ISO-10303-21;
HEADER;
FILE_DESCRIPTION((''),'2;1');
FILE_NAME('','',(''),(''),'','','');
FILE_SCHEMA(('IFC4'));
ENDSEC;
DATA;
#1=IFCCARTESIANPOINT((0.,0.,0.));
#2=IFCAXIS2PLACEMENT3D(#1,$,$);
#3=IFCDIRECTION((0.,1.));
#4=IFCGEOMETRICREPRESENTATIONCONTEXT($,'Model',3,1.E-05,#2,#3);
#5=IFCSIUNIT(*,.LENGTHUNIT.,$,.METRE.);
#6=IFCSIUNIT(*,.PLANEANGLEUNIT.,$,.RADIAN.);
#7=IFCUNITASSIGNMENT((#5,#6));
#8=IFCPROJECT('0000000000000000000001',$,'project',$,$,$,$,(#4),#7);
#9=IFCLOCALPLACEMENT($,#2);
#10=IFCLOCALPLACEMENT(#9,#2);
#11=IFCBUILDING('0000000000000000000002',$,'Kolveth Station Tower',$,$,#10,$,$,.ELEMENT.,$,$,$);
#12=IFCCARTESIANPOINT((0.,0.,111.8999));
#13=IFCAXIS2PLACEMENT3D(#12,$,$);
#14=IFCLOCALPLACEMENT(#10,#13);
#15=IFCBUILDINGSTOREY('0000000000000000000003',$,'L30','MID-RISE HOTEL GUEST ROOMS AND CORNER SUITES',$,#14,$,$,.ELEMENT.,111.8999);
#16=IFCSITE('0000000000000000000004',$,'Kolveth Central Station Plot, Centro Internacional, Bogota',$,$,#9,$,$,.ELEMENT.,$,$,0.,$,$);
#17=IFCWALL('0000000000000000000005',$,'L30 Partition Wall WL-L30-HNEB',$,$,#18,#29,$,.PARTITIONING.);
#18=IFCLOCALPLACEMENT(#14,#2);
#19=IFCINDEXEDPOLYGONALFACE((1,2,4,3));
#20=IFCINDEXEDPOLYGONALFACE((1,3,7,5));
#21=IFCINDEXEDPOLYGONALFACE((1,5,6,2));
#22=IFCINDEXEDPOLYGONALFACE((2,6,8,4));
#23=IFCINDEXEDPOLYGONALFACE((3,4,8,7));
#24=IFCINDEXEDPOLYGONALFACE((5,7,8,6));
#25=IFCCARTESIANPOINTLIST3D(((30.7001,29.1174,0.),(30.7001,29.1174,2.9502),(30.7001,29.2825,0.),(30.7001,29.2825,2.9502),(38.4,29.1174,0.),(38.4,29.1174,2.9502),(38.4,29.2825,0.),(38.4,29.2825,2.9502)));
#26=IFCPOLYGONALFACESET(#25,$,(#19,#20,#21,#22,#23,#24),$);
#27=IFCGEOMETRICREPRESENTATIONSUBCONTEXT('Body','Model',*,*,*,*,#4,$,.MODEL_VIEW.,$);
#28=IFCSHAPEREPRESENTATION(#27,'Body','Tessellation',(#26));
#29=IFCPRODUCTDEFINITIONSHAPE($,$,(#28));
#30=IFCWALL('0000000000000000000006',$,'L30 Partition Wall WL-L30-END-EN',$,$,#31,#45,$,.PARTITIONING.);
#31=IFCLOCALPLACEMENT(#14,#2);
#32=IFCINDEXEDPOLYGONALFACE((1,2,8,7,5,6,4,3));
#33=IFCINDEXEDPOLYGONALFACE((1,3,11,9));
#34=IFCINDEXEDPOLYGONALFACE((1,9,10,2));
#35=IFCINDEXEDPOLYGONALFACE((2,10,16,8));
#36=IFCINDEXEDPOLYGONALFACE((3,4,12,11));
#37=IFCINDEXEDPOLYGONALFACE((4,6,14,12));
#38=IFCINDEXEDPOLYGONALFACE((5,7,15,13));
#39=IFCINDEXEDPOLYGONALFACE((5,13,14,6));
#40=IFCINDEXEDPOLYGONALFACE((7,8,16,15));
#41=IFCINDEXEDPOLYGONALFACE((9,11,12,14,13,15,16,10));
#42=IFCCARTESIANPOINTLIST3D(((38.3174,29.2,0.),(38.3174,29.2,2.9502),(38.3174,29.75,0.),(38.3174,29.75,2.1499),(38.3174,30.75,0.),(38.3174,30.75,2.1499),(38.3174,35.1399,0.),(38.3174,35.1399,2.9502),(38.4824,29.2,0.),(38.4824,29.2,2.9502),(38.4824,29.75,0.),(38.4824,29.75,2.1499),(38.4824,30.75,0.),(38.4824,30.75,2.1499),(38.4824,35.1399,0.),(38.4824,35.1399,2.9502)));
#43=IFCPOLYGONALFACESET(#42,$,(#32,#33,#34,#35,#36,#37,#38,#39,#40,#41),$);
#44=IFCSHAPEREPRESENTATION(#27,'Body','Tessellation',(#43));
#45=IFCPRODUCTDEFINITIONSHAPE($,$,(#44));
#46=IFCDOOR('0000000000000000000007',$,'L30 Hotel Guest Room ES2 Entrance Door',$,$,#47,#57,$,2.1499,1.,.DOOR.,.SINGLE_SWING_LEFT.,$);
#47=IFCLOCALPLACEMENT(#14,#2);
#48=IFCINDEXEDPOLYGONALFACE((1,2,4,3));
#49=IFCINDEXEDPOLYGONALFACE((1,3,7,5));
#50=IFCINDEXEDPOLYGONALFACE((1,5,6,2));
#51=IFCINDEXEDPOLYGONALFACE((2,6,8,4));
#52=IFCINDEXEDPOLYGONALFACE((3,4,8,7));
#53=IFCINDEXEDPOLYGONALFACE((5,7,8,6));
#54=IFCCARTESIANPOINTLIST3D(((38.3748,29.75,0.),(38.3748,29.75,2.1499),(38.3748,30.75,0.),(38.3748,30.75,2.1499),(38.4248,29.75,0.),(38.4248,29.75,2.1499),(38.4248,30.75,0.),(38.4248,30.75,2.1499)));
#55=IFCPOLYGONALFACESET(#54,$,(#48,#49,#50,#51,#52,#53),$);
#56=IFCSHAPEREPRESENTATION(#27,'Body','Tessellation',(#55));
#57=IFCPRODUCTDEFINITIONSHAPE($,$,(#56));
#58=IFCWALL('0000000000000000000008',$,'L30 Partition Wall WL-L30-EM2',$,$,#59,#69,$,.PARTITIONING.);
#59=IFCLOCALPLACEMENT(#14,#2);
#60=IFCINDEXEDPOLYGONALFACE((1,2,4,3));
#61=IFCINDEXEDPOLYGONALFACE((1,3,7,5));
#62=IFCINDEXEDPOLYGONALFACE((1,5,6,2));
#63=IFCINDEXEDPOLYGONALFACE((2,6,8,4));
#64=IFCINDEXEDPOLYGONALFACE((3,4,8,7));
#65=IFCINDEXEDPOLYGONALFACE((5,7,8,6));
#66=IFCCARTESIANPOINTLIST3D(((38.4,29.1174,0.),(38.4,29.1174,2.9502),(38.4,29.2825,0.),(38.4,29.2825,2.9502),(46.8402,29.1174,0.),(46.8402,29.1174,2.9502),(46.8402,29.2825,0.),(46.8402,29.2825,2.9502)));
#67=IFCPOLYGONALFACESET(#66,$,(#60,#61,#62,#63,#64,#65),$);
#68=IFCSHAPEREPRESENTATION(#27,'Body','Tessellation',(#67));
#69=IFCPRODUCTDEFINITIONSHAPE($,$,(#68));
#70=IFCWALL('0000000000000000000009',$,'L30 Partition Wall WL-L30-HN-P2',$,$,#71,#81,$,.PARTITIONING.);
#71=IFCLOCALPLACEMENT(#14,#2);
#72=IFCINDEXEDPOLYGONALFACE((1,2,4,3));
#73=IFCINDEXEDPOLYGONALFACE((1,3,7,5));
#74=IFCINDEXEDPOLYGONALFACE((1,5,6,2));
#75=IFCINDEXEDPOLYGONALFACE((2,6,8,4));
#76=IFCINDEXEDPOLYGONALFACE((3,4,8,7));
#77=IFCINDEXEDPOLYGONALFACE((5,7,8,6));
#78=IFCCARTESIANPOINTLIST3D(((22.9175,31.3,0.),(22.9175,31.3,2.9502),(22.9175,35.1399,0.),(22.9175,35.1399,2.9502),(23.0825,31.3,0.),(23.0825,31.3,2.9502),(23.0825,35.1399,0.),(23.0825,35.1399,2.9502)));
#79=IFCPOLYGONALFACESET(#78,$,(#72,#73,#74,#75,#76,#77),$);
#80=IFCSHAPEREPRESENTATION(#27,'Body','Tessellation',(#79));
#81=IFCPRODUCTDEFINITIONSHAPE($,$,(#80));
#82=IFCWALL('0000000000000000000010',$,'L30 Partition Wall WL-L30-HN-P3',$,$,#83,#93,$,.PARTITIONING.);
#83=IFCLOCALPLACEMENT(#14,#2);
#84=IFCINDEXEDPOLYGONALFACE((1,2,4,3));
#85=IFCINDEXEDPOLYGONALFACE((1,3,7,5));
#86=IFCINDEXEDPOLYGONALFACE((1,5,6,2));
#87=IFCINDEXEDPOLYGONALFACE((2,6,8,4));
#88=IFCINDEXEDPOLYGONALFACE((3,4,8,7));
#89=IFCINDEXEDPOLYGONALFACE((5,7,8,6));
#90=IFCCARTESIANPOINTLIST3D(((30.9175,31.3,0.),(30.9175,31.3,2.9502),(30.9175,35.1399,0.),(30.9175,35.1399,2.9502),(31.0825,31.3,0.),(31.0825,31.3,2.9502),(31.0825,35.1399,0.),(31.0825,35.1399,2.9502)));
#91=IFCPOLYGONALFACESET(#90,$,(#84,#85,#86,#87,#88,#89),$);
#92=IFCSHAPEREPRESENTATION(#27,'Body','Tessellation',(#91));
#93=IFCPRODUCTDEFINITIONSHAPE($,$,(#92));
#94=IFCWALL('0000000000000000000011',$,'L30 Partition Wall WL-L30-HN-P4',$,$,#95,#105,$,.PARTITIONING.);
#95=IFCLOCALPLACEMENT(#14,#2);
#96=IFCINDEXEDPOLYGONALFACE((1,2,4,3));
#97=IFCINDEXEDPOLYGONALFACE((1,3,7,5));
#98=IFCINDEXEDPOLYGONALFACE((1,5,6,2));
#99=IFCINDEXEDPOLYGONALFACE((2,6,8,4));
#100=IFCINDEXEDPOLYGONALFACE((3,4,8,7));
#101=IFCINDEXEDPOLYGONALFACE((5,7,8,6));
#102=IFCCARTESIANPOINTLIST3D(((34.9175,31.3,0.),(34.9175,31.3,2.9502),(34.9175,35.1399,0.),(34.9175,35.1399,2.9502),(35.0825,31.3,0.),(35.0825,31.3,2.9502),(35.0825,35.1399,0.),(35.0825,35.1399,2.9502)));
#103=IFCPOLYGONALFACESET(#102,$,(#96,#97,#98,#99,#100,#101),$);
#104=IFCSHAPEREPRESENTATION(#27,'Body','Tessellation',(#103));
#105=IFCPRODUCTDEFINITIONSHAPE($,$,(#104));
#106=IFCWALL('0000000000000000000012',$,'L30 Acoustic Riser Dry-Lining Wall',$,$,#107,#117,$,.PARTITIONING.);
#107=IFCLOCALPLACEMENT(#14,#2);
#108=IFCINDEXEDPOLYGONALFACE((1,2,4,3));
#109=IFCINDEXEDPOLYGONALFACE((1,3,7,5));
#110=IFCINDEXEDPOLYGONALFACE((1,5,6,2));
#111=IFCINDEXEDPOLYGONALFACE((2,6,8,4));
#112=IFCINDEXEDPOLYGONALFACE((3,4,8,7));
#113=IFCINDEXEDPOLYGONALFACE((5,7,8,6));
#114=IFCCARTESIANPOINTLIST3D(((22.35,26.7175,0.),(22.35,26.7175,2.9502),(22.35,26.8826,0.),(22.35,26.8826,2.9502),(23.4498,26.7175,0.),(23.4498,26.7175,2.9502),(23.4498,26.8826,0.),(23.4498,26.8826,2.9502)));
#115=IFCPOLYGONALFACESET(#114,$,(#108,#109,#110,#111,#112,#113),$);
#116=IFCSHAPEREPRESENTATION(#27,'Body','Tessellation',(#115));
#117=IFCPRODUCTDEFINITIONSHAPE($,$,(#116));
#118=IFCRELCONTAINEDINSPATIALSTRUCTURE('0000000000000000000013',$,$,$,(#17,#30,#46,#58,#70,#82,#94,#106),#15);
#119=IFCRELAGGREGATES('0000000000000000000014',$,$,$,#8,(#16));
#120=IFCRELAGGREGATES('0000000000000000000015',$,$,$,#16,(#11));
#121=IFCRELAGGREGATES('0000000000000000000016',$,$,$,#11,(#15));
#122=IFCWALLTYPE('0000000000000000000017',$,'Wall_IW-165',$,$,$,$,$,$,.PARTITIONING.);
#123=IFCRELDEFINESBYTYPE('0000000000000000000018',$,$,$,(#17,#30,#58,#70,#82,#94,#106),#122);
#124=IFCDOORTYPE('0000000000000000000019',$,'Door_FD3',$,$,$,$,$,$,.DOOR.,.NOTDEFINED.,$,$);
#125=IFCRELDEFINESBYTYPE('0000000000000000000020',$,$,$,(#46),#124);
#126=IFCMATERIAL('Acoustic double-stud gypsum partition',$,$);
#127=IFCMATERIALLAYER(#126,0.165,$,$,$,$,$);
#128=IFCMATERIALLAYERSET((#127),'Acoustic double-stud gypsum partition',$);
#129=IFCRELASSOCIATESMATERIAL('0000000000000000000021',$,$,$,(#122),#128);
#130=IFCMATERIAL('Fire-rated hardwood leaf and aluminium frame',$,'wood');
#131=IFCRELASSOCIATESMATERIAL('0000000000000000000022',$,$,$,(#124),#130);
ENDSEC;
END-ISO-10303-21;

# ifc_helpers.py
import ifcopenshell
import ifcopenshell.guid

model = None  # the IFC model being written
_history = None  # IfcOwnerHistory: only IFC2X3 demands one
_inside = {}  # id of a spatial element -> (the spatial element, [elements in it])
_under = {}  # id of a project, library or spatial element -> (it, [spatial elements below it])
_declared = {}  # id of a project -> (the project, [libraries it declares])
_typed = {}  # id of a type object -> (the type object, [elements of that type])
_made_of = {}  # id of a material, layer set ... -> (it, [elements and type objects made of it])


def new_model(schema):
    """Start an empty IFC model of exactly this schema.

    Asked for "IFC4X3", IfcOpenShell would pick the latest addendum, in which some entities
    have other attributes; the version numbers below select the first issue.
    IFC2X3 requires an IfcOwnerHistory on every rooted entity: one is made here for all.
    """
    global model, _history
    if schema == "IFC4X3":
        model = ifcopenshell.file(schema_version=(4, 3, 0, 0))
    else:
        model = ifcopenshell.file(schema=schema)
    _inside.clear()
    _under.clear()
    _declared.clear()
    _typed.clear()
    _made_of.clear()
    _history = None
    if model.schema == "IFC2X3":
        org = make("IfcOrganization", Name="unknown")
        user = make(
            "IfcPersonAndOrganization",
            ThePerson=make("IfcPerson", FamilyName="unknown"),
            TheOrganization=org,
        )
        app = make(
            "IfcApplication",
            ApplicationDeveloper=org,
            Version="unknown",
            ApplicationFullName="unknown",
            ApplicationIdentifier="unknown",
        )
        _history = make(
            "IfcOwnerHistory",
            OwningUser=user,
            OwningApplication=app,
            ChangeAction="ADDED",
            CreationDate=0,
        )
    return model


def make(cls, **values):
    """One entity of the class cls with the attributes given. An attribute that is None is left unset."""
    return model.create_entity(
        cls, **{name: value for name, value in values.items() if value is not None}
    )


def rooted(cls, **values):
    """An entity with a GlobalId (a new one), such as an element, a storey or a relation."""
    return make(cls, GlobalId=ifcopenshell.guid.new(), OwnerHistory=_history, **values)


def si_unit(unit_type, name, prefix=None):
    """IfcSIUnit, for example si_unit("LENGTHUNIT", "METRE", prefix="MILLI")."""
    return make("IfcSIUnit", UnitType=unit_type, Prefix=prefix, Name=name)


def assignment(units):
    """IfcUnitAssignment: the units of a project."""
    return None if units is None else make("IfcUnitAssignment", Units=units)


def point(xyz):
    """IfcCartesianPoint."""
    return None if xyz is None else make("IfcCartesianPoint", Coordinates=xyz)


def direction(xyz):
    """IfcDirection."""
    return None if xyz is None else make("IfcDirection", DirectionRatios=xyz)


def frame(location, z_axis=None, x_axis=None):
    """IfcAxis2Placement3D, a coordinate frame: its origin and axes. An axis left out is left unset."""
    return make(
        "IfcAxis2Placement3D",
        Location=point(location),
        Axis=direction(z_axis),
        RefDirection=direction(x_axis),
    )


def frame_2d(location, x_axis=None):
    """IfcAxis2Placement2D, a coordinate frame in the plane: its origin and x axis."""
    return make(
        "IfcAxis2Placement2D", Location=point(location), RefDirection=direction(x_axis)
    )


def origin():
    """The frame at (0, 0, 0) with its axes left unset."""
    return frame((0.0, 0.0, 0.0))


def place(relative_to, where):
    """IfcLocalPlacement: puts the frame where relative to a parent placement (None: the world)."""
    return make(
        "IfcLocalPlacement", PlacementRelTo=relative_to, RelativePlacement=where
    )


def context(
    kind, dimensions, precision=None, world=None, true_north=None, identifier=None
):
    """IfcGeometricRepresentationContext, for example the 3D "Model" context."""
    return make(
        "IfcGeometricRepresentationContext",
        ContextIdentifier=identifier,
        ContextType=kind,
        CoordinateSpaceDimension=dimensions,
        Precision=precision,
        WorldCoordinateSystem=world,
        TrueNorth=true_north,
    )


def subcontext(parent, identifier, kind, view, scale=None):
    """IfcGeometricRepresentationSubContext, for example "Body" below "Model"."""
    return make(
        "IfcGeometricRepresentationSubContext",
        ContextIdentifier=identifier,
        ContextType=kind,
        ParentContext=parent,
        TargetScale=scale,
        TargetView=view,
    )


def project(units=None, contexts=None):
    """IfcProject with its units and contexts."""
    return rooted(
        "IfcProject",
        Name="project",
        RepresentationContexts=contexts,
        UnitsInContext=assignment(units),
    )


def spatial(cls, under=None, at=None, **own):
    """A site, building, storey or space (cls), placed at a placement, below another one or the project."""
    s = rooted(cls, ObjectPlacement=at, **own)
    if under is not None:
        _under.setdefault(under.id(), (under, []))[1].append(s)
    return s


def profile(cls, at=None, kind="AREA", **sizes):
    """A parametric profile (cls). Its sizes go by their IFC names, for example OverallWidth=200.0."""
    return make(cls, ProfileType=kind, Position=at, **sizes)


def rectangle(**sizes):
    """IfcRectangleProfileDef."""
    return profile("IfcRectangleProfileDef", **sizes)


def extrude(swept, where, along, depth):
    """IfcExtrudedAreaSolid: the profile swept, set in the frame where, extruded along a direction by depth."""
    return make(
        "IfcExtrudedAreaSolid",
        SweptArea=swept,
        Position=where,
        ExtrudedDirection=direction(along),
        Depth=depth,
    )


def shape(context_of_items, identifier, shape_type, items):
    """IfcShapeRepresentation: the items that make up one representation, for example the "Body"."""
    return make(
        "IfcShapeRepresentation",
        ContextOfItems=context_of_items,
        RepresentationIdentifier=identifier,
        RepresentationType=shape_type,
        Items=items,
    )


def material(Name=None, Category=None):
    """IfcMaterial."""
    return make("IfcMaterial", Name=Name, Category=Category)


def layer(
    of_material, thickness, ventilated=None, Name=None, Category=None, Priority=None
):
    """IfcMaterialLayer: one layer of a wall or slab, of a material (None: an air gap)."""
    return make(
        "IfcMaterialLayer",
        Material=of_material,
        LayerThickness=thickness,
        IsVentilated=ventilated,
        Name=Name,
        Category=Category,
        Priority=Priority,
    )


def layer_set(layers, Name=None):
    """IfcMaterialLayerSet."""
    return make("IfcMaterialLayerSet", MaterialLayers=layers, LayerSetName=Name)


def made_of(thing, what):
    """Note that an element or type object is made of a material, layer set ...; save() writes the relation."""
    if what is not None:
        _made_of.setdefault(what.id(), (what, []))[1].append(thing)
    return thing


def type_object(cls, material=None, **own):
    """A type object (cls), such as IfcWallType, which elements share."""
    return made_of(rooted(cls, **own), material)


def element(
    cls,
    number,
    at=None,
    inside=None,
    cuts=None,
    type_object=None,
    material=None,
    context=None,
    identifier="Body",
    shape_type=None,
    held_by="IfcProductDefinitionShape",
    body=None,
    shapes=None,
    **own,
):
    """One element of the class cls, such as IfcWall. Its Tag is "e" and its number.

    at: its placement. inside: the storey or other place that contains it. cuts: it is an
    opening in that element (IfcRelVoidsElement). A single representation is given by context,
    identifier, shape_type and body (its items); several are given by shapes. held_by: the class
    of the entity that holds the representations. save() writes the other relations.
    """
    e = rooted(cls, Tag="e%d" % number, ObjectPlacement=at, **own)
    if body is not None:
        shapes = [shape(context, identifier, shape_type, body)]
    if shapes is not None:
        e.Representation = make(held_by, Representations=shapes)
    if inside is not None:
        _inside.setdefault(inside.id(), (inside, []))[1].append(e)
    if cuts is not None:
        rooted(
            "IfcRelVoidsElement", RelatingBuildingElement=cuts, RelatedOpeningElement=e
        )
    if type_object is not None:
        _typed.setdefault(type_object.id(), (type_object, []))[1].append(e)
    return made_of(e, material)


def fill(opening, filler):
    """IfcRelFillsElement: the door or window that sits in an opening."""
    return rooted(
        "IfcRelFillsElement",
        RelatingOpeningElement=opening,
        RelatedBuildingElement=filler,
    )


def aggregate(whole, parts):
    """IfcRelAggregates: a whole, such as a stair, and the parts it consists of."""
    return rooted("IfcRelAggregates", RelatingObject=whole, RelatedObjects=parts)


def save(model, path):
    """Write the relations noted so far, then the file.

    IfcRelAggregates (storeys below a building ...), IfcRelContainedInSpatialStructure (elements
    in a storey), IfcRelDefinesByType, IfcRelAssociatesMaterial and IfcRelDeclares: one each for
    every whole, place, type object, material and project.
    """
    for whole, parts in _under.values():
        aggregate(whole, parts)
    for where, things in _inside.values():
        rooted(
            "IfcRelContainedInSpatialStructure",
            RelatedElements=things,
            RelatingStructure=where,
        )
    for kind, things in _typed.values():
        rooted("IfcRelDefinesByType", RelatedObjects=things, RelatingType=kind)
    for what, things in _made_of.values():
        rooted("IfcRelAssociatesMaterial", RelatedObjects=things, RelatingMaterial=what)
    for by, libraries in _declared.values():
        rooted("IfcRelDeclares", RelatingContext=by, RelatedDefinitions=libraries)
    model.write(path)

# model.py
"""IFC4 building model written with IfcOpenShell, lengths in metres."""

from ifc_helpers import new_model, si_unit, direction, frame, frame_2d, origin, place, context, subcontext, project, spatial, rectangle, extrude, material, layer, layer_set, type_object, element, fill, save


model = new_model("IFC4")

# Units and contexts
model_context = context("Model", 3, precision=1e-05, world=origin(), true_north=direction((0.0, 1.0)))
body_context = subcontext(model_context, "Body", "Model", "MODEL_VIEW")
ifc_project = project(units=[si_unit("LENGTHUNIT", "METRE"), si_unit("PLANEANGLEUNIT", "RADIAN")], contexts=[model_context])

# Site, building, storey
site_placement = place(None, origin())
site = spatial("IfcSite", under=ifc_project, at=site_placement, Name="Kolveth Central Station Plot, Centro Internacional, Bogota", CompositionType="ELEMENT", RefElevation=0.0)
building_placement = place(site_placement, origin())
building = spatial("IfcBuilding", under=site, at=building_placement, Name="Kolveth Station Tower", CompositionType="ELEMENT")
storey_placement = place(building_placement, frame((0.0, 0.0, 111.8999)))
storey = spatial("IfcBuildingStorey", under=building, at=storey_placement, Name="L30", Description="MID-RISE HOTEL GUEST ROOMS AND CORNER SUITES", CompositionType="ELEMENT", Elevation=111.8999)

# Wall
ifc_material_1 = material(Name="Acoustic double-stud gypsum partition")
ifc_layer_1 = layer(ifc_material_1, 0.165)
ifc_layer_set_1 = layer_set([ifc_layer_1], Name="Acoustic double-stud gypsum partition")
wall_type = type_object("IfcWallType", Name="Wall_IW-165", PredefinedType="PARTITIONING", material=ifc_layer_set_1)
wall_1_placement = place(storey_placement, frame((30.7, 29.2, 0.0), z_axis=(0.0, 0.0, 1.0), x_axis=(1.0, 0.0, 0.0)))
element("IfcWall", 1, at=wall_1_placement, inside=storey, type_object=wall_type, Name="L30 Partition Wall WL-L30-HNEB", PredefinedType="PARTITIONING", context=body_context, shape_type="SweptSolid", body=[
    extrude(rectangle(XDim=7.7, YDim=0.165, at=frame_2d((3.8501, 0.0))), origin(), (0.0, 0.0, 1.0), 2.9502),
])

# Wall, opening, door
wall_2_placement = place(storey_placement, frame((38.3999, 29.2, 0.0), z_axis=(0.0, 0.0, 1.0), x_axis=(0.0, 1.0, 0.0)))
wall_2 = element("IfcWall", 2, at=wall_2_placement, inside=storey, type_object=wall_type, Name="L30 Partition Wall WL-L30-END-EN", PredefinedType="PARTITIONING", context=body_context, shape_type="SweptSolid", body=[
    extrude(rectangle(XDim=5.9399, YDim=0.165, at=frame_2d((2.97, 0.0))), origin(), (0.0, 0.0, 1.0), 2.9502),
])
opening_placement = place(wall_2_placement, frame((0.55, 0.0, 0.0)))
opening = element("IfcOpeningElement", 3, at=opening_placement, cuts=wall_2, PredefinedType="OPENING", context=body_context, shape_type="SweptSolid", body=[
    extrude(rectangle(XDim=1.0, YDim=2.1499, at=frame_2d((0.5, 1.075))), frame((0.0, 0.0925, 0.0), z_axis=(0.0, -1.0, 0.0), x_axis=(1.0, 0.0, 0.0)), (0.0, 0.0, 1.0), 0.1851),
])
ifc_material_2 = material(Name="Fire-rated hardwood leaf and aluminium frame", Category="wood")
door_type = type_object("IfcDoorType", Name="Door_FD3", OperationType="NOTDEFINED", PredefinedType="DOOR", material=ifc_material_2)
door_placement = place(opening_placement, frame((1.0, 0.0, 0.0), z_axis=(0.0, 0.0, 1.0), x_axis=(-1.0, 0.0, 0.0)))
door = element("IfcDoor", 4, at=door_placement, inside=storey, type_object=door_type, Name="L30 Hotel Guest Room ES2 Entrance Door", OperationType="SINGLE_SWING_LEFT", OverallHeight=2.1499, OverallWidth=1.0, PredefinedType="DOOR", context=body_context, shape_type="SweptSolid", body=[
    extrude(rectangle(XDim=1.0, YDim=2.1499, at=frame_2d((0.5, 1.075))), frame((0.0, 0.0249, 0.0), z_axis=(0.0, -1.0, 0.0), x_axis=(1.0, 0.0, 0.0)), (0.0, 0.0, 1.0), 0.05),
])
fill(opening, door)

# Walls
wall_3_placement = place(storey_placement, frame((38.3999, 29.2, 0.0), z_axis=(0.0, 0.0, 1.0), x_axis=(1.0, 0.0, 0.0)))
element("IfcWall", 5, at=wall_3_placement, inside=storey, type_object=wall_type, Name="L30 Partition Wall WL-L30-EM2", PredefinedType="PARTITIONING", context=body_context, shape_type="SweptSolid", body=[
    extrude(rectangle(XDim=8.4402, YDim=0.165, at=frame_2d((4.2202, 0.0))), origin(), (0.0, 0.0, 1.0), 2.9502),
])
for number, where, z_axis, x_axis, name in (
    (6, (23.0, 31.3, 0.0), (0.0, 0.0, 1.0), (0.0, 1.0, 0.0), "L30 Partition Wall WL-L30-HN-P2"),
    (7, (31.0, 31.3, 0.0), (0.0, 0.0, 1.0), (0.0, 1.0, 0.0), "L30 Partition Wall WL-L30-HN-P3"),
    (8, (35.0, 31.3, 0.0), (0.0, 0.0, 1.0), (0.0, 1.0, 0.0), "L30 Partition Wall WL-L30-HN-P4"),
):
    element("IfcWall", number, at=place(storey_placement, frame(where, z_axis=z_axis, x_axis=x_axis)), inside=storey, type_object=wall_type, Name=name, PredefinedType="PARTITIONING", context=body_context, shape_type="SweptSolid", body=[
        extrude(rectangle(XDim=3.8398, YDim=0.165, at=frame_2d((1.9199, 0.0))), origin(), (0.0, 0.0, 1.0), 2.9502),
    ])
wall_4_placement = place(storey_placement, frame((22.3501, 26.8, 0.0), z_axis=(0.0, 0.0, 1.0), x_axis=(1.0, 0.0, 0.0)))
element("IfcWall", 9, at=wall_4_placement, inside=storey, type_object=wall_type, Name="L30 Acoustic Riser Dry-Lining Wall", PredefinedType="PARTITIONING", context=body_context, shape_type="SweptSolid", body=[
    extrude(rectangle(XDim=1.0999, YDim=0.165, at=frame_2d((0.5498, 0.0))), origin(), (0.0, 0.0, 1.0), 2.9502),
])

save(model, "model.ifc")
